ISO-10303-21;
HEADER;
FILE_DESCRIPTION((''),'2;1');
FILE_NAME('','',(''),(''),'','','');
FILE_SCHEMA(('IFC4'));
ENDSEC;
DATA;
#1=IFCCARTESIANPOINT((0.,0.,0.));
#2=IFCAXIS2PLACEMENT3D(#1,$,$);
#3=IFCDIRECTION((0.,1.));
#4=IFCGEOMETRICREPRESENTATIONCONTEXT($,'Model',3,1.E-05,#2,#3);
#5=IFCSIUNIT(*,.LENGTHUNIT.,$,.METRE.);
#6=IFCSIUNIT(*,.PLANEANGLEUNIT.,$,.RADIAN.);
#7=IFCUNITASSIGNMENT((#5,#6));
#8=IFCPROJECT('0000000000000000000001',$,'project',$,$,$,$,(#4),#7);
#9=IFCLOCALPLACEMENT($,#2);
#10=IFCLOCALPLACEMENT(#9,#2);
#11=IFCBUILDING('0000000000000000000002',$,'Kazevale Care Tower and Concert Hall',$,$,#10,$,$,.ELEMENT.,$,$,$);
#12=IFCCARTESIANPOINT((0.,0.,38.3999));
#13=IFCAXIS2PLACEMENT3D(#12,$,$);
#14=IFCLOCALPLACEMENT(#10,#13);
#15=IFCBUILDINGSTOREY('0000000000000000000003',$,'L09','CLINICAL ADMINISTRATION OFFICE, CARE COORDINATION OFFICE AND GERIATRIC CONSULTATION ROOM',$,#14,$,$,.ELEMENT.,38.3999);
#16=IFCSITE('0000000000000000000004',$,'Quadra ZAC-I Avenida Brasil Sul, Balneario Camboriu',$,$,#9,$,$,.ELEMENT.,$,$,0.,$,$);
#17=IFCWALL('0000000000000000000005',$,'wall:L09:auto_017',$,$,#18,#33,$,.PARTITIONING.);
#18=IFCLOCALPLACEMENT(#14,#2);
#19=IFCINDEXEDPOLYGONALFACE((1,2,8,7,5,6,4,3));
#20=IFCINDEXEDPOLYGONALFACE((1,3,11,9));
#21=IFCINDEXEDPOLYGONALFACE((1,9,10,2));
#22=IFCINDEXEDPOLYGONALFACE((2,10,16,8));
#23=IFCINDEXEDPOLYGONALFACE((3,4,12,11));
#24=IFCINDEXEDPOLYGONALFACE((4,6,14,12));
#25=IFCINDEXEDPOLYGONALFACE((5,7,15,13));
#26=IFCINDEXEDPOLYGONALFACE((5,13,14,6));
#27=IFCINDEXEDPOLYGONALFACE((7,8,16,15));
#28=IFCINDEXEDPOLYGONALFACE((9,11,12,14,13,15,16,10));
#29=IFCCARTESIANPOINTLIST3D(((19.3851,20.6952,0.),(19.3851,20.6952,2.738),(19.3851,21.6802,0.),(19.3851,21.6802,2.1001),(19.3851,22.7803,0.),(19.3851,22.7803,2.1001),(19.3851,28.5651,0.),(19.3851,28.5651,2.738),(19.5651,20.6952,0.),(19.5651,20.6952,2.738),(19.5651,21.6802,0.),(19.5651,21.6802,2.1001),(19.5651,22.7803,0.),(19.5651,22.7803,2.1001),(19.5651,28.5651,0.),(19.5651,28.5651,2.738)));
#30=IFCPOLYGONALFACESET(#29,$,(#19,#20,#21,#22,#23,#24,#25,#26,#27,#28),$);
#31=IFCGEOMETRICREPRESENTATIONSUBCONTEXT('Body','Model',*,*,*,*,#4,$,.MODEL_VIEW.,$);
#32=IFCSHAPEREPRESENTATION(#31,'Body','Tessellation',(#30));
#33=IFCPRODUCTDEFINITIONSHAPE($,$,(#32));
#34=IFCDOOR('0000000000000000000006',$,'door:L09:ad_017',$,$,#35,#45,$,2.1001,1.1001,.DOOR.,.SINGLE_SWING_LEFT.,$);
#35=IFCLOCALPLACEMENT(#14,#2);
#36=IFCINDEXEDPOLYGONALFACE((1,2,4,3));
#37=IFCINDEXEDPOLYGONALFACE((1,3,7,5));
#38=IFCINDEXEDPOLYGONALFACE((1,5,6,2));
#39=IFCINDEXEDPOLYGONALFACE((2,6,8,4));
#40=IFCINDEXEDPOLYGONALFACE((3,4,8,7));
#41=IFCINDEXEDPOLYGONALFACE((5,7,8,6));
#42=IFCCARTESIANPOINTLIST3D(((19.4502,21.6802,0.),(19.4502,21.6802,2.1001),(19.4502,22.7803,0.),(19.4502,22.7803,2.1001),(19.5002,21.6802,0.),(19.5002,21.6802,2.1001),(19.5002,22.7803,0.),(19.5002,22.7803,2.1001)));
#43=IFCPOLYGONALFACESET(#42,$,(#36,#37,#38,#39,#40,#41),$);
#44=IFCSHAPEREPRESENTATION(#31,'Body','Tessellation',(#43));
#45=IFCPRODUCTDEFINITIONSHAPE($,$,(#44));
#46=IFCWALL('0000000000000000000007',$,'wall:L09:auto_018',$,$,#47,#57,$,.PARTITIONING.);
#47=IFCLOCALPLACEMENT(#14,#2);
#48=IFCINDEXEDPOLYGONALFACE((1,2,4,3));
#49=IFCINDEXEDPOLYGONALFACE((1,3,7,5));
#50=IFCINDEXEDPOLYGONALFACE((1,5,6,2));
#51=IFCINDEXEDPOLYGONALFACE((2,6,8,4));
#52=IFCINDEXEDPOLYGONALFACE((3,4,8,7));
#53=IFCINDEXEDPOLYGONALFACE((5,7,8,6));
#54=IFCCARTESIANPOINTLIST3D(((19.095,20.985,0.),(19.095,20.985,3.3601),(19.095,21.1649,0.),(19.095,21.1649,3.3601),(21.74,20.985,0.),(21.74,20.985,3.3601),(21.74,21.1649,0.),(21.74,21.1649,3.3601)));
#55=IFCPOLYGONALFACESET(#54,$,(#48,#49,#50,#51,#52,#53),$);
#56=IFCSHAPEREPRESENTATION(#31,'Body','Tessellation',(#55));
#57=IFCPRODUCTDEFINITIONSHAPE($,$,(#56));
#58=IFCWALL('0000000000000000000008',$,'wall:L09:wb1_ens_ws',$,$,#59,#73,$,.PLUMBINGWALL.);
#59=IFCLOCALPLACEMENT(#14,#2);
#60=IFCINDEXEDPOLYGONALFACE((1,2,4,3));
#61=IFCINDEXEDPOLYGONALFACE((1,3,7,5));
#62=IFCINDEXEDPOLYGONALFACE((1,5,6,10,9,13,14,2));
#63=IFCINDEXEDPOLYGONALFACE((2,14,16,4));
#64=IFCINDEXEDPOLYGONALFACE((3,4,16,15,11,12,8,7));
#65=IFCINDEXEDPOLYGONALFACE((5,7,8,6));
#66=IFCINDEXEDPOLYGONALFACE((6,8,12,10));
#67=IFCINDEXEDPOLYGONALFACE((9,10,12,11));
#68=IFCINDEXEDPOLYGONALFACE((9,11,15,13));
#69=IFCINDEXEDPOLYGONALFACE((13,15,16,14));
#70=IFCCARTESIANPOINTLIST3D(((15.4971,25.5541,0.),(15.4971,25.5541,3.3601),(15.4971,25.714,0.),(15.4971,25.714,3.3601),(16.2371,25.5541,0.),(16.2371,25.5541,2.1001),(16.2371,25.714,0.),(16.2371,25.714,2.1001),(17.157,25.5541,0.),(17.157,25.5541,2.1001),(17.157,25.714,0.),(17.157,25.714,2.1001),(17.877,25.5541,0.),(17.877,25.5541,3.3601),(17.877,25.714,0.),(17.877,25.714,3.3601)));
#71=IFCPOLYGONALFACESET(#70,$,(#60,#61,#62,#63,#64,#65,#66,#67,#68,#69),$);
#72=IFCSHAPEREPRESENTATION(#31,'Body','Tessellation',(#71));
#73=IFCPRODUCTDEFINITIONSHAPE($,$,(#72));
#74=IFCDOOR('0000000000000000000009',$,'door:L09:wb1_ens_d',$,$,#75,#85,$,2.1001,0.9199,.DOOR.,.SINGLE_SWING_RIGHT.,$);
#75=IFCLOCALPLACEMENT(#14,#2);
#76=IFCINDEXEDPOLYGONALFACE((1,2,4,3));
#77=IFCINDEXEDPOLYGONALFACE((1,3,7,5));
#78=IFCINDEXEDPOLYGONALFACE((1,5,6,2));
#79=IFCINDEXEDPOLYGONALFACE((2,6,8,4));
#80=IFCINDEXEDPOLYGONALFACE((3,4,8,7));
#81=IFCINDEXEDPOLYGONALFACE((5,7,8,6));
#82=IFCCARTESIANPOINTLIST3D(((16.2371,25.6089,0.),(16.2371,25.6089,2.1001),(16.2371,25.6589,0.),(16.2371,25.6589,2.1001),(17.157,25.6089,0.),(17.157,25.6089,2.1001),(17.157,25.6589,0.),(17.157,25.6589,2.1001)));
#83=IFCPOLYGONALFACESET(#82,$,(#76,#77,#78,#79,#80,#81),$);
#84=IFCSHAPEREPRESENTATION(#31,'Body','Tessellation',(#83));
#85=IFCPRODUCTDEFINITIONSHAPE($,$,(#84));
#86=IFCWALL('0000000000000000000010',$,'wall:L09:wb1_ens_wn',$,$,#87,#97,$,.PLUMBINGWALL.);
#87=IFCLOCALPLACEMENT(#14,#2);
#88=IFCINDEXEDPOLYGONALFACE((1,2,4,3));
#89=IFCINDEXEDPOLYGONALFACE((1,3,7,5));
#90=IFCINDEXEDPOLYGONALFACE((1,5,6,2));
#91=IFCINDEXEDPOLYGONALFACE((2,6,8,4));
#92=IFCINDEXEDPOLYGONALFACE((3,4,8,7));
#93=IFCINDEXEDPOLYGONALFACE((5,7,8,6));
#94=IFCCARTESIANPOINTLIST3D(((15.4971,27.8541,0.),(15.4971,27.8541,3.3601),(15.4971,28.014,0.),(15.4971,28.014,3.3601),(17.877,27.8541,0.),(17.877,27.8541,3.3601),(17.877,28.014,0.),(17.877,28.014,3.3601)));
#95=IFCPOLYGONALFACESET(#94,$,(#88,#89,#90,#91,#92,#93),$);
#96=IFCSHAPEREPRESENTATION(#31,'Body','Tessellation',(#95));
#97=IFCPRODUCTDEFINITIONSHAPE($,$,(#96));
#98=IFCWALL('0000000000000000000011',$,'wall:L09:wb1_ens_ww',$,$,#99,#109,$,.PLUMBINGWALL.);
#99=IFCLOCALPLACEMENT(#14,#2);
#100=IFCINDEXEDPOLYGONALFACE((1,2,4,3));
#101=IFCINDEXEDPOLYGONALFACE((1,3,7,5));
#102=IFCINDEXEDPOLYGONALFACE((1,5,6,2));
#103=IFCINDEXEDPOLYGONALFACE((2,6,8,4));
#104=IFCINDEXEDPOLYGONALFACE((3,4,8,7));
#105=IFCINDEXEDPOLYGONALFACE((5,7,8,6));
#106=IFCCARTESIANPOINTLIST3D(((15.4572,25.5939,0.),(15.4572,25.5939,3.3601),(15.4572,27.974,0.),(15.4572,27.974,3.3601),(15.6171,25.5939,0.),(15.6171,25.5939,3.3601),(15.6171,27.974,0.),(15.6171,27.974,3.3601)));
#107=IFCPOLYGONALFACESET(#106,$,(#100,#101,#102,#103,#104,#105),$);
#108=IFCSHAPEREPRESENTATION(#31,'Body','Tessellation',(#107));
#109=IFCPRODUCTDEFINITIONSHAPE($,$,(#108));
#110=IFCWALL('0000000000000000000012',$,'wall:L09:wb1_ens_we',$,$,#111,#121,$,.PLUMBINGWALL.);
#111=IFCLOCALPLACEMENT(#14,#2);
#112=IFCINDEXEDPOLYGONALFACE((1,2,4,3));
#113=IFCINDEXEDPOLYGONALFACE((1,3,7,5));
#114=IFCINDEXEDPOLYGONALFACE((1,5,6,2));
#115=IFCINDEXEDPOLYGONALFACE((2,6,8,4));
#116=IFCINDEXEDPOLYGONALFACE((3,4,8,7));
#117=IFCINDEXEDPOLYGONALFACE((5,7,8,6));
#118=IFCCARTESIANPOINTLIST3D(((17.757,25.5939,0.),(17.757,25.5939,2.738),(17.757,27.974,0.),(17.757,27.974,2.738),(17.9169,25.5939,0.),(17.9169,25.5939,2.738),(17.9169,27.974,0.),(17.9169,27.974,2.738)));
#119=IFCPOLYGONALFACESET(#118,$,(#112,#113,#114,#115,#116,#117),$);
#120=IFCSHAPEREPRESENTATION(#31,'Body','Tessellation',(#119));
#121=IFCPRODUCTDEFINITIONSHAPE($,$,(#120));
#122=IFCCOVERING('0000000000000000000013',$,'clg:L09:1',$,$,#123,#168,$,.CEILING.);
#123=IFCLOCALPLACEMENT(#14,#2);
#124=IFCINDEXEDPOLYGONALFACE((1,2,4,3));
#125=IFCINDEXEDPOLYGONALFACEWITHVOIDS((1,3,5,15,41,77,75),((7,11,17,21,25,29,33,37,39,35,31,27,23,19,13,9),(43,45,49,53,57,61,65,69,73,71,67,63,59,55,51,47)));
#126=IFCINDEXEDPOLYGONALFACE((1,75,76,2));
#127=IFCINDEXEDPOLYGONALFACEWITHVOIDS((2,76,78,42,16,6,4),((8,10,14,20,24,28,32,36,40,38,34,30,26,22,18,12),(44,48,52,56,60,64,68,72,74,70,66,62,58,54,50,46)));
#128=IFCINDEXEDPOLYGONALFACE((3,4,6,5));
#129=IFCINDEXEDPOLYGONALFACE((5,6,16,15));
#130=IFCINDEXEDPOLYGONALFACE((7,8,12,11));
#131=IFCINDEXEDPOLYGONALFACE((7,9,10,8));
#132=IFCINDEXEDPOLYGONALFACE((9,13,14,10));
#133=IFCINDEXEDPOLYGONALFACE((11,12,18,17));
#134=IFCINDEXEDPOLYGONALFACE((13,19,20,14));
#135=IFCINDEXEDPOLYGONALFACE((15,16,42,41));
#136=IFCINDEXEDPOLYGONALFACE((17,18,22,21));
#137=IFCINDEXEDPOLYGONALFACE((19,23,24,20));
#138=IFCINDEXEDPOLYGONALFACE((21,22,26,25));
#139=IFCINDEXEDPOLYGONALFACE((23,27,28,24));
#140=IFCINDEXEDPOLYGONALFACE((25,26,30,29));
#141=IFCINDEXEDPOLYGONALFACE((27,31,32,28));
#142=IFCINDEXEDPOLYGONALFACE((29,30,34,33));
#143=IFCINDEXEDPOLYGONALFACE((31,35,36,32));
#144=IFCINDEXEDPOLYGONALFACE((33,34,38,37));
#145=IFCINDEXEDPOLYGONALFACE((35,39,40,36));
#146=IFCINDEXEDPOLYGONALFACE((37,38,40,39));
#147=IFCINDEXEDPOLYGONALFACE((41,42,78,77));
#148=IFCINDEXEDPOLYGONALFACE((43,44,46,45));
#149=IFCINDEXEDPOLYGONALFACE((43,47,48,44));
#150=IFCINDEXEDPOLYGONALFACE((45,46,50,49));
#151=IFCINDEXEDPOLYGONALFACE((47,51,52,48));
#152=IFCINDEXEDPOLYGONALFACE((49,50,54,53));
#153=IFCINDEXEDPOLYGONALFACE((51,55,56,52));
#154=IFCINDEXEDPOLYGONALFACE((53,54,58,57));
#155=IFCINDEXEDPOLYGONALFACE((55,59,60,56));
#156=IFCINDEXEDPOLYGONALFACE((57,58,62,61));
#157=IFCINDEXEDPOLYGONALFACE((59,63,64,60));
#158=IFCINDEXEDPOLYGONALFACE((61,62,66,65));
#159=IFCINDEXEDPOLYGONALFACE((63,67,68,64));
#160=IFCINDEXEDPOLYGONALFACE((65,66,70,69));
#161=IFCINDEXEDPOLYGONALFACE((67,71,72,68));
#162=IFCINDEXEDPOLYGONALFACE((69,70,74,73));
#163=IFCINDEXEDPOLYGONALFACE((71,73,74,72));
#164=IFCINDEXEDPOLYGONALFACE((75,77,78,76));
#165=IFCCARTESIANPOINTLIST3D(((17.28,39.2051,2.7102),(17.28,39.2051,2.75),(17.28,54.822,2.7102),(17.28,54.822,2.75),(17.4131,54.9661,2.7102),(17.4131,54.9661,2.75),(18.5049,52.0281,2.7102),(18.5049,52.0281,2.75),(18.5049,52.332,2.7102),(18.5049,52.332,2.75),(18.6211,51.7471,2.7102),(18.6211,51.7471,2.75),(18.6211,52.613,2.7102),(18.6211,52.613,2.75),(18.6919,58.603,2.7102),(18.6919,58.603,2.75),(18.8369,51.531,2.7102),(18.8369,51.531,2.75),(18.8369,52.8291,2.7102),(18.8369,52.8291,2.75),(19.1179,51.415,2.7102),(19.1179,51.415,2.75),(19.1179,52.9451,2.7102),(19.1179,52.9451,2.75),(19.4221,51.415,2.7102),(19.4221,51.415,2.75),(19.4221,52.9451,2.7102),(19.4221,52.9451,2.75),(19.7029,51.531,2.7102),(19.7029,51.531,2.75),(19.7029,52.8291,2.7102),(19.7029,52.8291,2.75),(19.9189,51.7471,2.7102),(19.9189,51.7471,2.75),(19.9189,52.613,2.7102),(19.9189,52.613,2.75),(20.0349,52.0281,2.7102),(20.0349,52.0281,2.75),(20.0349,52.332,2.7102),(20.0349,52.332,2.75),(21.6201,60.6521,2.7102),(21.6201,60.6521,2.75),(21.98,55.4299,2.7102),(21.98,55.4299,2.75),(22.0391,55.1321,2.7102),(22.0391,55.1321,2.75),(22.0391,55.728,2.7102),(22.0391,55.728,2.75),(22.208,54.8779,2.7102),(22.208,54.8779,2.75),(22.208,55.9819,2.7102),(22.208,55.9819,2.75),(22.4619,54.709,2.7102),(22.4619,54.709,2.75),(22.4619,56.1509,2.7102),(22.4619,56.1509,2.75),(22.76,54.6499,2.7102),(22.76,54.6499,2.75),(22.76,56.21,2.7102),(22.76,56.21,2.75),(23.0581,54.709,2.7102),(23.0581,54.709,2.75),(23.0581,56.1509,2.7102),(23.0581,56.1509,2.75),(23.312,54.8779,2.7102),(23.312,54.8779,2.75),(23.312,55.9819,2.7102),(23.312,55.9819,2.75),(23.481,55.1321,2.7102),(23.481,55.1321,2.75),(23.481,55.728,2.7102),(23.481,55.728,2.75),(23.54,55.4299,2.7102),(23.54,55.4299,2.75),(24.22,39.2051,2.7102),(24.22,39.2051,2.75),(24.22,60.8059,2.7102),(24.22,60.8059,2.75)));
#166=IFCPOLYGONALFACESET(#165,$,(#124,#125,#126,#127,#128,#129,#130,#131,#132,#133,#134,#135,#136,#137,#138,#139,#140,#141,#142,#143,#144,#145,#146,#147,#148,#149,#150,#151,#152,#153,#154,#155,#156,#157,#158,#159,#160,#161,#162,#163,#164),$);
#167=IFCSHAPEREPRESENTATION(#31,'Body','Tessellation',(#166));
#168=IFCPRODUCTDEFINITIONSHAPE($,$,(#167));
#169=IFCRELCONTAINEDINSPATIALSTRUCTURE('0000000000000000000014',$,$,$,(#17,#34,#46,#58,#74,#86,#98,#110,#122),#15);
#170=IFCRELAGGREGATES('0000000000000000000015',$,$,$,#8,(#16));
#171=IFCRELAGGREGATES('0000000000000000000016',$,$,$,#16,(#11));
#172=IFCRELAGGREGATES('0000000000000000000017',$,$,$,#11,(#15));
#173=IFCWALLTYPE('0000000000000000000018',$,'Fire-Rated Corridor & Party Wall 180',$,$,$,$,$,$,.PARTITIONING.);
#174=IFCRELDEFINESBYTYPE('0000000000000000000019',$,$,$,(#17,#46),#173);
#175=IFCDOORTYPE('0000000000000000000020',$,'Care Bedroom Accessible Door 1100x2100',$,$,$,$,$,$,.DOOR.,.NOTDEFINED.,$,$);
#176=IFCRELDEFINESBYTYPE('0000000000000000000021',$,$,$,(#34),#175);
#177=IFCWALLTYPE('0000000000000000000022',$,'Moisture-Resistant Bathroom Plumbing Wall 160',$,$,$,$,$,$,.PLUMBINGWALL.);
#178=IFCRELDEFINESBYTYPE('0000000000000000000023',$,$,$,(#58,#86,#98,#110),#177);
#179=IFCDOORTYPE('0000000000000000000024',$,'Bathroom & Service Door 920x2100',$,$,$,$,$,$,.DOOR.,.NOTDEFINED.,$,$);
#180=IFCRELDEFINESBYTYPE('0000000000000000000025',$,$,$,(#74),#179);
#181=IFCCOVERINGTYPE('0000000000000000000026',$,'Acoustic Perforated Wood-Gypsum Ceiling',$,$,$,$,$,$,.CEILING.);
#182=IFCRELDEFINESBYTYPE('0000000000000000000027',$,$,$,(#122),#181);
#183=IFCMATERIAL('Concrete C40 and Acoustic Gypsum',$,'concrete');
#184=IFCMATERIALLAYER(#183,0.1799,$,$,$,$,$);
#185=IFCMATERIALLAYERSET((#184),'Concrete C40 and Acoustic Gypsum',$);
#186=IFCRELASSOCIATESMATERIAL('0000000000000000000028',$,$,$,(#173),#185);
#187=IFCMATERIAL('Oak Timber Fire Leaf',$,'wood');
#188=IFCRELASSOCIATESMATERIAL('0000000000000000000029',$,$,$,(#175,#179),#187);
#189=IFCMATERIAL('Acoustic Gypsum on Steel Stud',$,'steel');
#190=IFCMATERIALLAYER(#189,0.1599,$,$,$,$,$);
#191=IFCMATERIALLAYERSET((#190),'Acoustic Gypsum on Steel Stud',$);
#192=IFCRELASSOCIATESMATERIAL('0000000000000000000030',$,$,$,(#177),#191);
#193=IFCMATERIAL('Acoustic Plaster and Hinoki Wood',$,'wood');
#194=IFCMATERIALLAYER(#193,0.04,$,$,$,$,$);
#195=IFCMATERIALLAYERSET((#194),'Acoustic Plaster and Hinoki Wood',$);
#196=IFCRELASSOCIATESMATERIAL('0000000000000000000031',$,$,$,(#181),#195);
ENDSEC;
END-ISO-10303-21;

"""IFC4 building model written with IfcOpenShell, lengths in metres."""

from ifc_helpers import new_model, si_unit, direction, frame, frame_2d, origin, place, context, subcontext, project, spatial, polyline, rectangle, outline, extrude, material, layer, layer_set, type_object, element, fill, save


model = new_model("IFC4")

# Units and contexts
model_context = context("Model", 3, precision=1e-05, world=origin(), true_north=direction((0.0, 1.0)))
body_context = subcontext(model_context, "Body", "Model", "MODEL_VIEW")
ifc_project = project(units=[si_unit("LENGTHUNIT", "METRE"), si_unit("PLANEANGLEUNIT", "RADIAN")], contexts=[model_context])

# Site, building, storey
site_placement = place(None, origin())
site = spatial("IfcSite", under=ifc_project, at=site_placement, Name="Quadra ZAC-I Avenida Brasil Sul, Balneario Camboriu", CompositionType="ELEMENT", RefElevation=0.0)
building_placement = place(site_placement, origin())
building = spatial("IfcBuilding", under=site, at=building_placement, Name="Kazevale Care Tower and Concert Hall", CompositionType="ELEMENT")
storey_placement = place(building_placement, frame((0.0, 0.0, 38.3999)))
storey = spatial("IfcBuildingStorey", under=building, at=storey_placement, Name="L09", Description="CLINICAL ADMINISTRATION OFFICE, CARE COORDINATION OFFICE AND GERIATRIC CONSULTATION ROOM", CompositionType="ELEMENT", Elevation=38.3999)

# Wall, opening, door
ifc_material_1 = material(Name="Concrete C40 and Acoustic Gypsum", Category="concrete")
ifc_layer_1 = layer(ifc_material_1, 0.1799)
ifc_layer_set_1 = layer_set([ifc_layer_1], Name="Concrete C40 and Acoustic Gypsum")
wall_type_1 = type_object("IfcWallType", Name="Fire-Rated Corridor & Party Wall 180", PredefinedType="PARTITIONING", material=ifc_layer_set_1)
wall_1_placement = place(storey_placement, frame((19.4751, 20.6951, 0.0), z_axis=(0.0, 0.0, 1.0), x_axis=(0.0, 1.0, 0.0)))
wall_1 = element("IfcWall", 1, at=wall_1_placement, inside=storey, type_object=wall_type_1, Name="wall:L09:auto_017", PredefinedType="PARTITIONING", context=body_context, shape_type="SweptSolid", body=[
    extrude(rectangle(XDim=7.8699, YDim=0.1799, at=frame_2d((3.9351, 0.0))), origin(), (0.0, 0.0, 1.0), 2.738),
])
opening_1_placement = place(wall_1_placement, frame((0.9851, 0.0, 0.0)))
opening_1 = element("IfcOpeningElement", 2, at=opening_1_placement, cuts=wall_1, PredefinedType="OPENING", context=body_context, shape_type="SweptSolid", body=[
    extrude(rectangle(XDim=1.1001, YDim=2.1001, at=frame_2d((0.55, 1.05))), frame((0.0, 0.0999, 0.0), z_axis=(0.0, -1.0, 0.0), x_axis=(1.0, 0.0, 0.0)), (0.0, 0.0, 1.0), 0.2),
])
ifc_material_2 = material(Name="Oak Timber Fire Leaf", Category="wood")
door_type_1 = type_object("IfcDoorType", Name="Care Bedroom Accessible Door 1100x2100", OperationType="NOTDEFINED", PredefinedType="DOOR", material=ifc_material_2)
door_1_placement = place(opening_1_placement, origin())
door_1 = element("IfcDoor", 3, at=door_1_placement, inside=storey, type_object=door_type_1, Name="door:L09:ad_017", OperationType="SINGLE_SWING_LEFT", OverallHeight=2.1001, OverallWidth=1.1001, PredefinedType="DOOR", context=body_context, shape_type="SweptSolid", body=[
    extrude(rectangle(XDim=1.1001, YDim=2.1001, at=frame_2d((0.55, 1.05))), frame((0.0, 0.0249, 0.0), z_axis=(0.0, -1.0, 0.0), x_axis=(1.0, 0.0, 0.0)), (0.0, 0.0, 1.0), 0.05),
])
fill(opening_1, door_1)

# Wall
wall_2_placement = place(storey_placement, frame((21.74, 21.075, 0.0), z_axis=(0.0, 0.0, 1.0), x_axis=(-1.0, 0.0, 0.0)))
element("IfcWall", 4, at=wall_2_placement, inside=storey, type_object=wall_type_1, Name="wall:L09:auto_018", PredefinedType="PARTITIONING", context=body_context, shape_type="SweptSolid", body=[
    extrude(rectangle(XDim=2.645, YDim=0.1799, at=frame_2d((1.3225, 0.0))), origin(), (0.0, 0.0, 1.0), 3.3601),
])

# Wall, opening, door
ifc_material_3 = material(Name="Acoustic Gypsum on Steel Stud", Category="steel")
ifc_layer_2 = layer(ifc_material_3, 0.1599)
ifc_layer_set_2 = layer_set([ifc_layer_2], Name="Acoustic Gypsum on Steel Stud")
wall_type_2 = type_object("IfcWallType", Name="Moisture-Resistant Bathroom Plumbing Wall 160", PredefinedType="PLUMBINGWALL", material=ifc_layer_set_2)
wall_3_placement = place(storey_placement, frame((15.4971, 25.634, 0.0), z_axis=(0.0, 0.0, 1.0), x_axis=(1.0, 0.0, 0.0)))
wall_3 = element("IfcWall", 5, at=wall_3_placement, inside=storey, type_object=wall_type_2, Name="wall:L09:wb1_ens_ws", PredefinedType="PLUMBINGWALL", context=body_context, shape_type="SweptSolid", body=[
    extrude(rectangle(XDim=2.3799, YDim=0.1599, at=frame_2d((1.1899, 0.0))), origin(), (0.0, 0.0, 1.0), 3.3601),
])
opening_2_placement = place(wall_3_placement, frame((0.74, 0.0, 0.0)))
opening_2 = element("IfcOpeningElement", 6, at=opening_2_placement, cuts=wall_3, PredefinedType="OPENING", context=body_context, shape_type="SweptSolid", body=[
    extrude(rectangle(XDim=0.9199, YDim=2.1001, at=frame_2d((0.46, 1.05))), frame((0.0, 0.0898, 0.0), z_axis=(0.0, -1.0, 0.0), x_axis=(1.0, 0.0, 0.0)), (0.0, 0.0, 1.0), 0.1799),
])
door_type_2 = type_object("IfcDoorType", Name="Bathroom & Service Door 920x2100", OperationType="NOTDEFINED", PredefinedType="DOOR", material=ifc_material_2)
door_2_placement = place(opening_2_placement, origin())
door_2 = element("IfcDoor", 7, at=door_2_placement, inside=storey, type_object=door_type_2, Name="door:L09:wb1_ens_d", OperationType="SINGLE_SWING_RIGHT", OverallHeight=2.1001, OverallWidth=0.9199, PredefinedType="DOOR", context=body_context, shape_type="SweptSolid", body=[
    extrude(rectangle(XDim=0.9199, YDim=2.1001, at=frame_2d((0.46, 1.05))), frame((0.0, 0.0249, 0.0), z_axis=(0.0, -1.0, 0.0), x_axis=(1.0, 0.0, 0.0)), (0.0, 0.0, 1.0), 0.05),
])
fill(opening_2, door_2)

# Walls
wall_4_placement = place(storey_placement, frame((15.4971, 27.9341, 0.0), z_axis=(0.0, 0.0, 1.0), x_axis=(1.0, 0.0, 0.0)))
element("IfcWall", 8, at=wall_4_placement, inside=storey, type_object=wall_type_2, Name="wall:L09:wb1_ens_wn", PredefinedType="PLUMBINGWALL", context=body_context, shape_type="SweptSolid", body=[
    extrude(rectangle(XDim=2.3799, YDim=0.1599, at=frame_2d((1.1899, 0.0))), origin(), (0.0, 0.0, 1.0), 3.3601),
])
wall_5_placement = place(storey_placement, frame((15.5371, 25.594, 0.0), z_axis=(0.0, 0.0, 1.0), x_axis=(0.0, 1.0, 0.0)))
element("IfcWall", 9, at=wall_5_placement, inside=storey, type_object=wall_type_2, Name="wall:L09:wb1_ens_ww", PredefinedType="PLUMBINGWALL", context=body_context, shape_type="SweptSolid", body=[
    extrude(rectangle(XDim=2.3801, YDim=0.1599, at=frame_2d((1.1899, 0.0))), origin(), (0.0, 0.0, 1.0), 3.3601),
])
wall_6_placement = place(storey_placement, frame((17.8369, 25.594, 0.0), z_axis=(0.0, 0.0, 1.0), x_axis=(0.0, 1.0, 0.0)))
element("IfcWall", 10, at=wall_6_placement, inside=storey, type_object=wall_type_2, Name="wall:L09:wb1_ens_we", PredefinedType="PLUMBINGWALL", context=body_context, shape_type="SweptSolid", body=[
    extrude(rectangle(XDim=2.3801, YDim=0.1599, at=frame_2d((1.1899, 0.0))), origin(), (0.0, 0.0, 1.0), 2.738),
])

# Covering
ifc_material_4 = material(Name="Acoustic Plaster and Hinoki Wood", Category="wood")
ifc_layer_3 = layer(ifc_material_4, 0.04)
ifc_layer_set_3 = layer_set([ifc_layer_3], Name="Acoustic Plaster and Hinoki Wood")
covering_type = type_object("IfcCoveringType", Name="Acoustic Perforated Wood-Gypsum Ceiling", PredefinedType="CEILING", material=ifc_layer_set_3)
covering_1_placement = place(storey_placement, frame((0.0, 0.0, 2.7102)))
element("IfcCovering", 11, at=covering_1_placement, inside=storey, type_object=covering_type, Name="clg:L09:1", PredefinedType="CEILING", context=body_context, shape_type="SweptSolid", body=[
    extrude(outline(polyline([(24.22, 60.8059), (24.22, 39.2051), (17.28, 39.2051), (17.28, 54.822), (17.4131, 54.9661), (18.6919, 58.603), (21.6201, 60.6521), (24.22, 60.8059)]), holes=[polyline([(23.481, 55.728), (23.312, 55.9819), (23.0581, 56.1509), (22.76, 56.21), (22.4619, 56.1509), (22.208, 55.9819), (22.0391, 55.728), (21.98, 55.4299), (22.0391, 55.1321), (22.208, 54.8779), (22.4619, 54.709), (22.76, 54.6499), (23.0581, 54.709), (23.312, 54.8779), (23.481, 55.1321), (23.54, 55.4299), (23.481, 55.728)]), polyline([(20.0349, 52.332), (19.9189, 52.613), (19.7029, 52.8291), (19.4221, 52.9451), (19.1179, 52.9451), (18.8369, 52.8291), (18.6211, 52.613), (18.5049, 52.332), (18.5049, 52.0281), (18.6211, 51.7471), (18.8369, 51.531), (19.1179, 51.415), (19.4221, 51.415), (19.7029, 51.531), (19.9189, 51.7471), (20.0349, 52.0281), (20.0349, 52.332)])]), origin(), (0.0, 0.0, 1.0), 0.0398),
])

save(model, "model.ifc")
